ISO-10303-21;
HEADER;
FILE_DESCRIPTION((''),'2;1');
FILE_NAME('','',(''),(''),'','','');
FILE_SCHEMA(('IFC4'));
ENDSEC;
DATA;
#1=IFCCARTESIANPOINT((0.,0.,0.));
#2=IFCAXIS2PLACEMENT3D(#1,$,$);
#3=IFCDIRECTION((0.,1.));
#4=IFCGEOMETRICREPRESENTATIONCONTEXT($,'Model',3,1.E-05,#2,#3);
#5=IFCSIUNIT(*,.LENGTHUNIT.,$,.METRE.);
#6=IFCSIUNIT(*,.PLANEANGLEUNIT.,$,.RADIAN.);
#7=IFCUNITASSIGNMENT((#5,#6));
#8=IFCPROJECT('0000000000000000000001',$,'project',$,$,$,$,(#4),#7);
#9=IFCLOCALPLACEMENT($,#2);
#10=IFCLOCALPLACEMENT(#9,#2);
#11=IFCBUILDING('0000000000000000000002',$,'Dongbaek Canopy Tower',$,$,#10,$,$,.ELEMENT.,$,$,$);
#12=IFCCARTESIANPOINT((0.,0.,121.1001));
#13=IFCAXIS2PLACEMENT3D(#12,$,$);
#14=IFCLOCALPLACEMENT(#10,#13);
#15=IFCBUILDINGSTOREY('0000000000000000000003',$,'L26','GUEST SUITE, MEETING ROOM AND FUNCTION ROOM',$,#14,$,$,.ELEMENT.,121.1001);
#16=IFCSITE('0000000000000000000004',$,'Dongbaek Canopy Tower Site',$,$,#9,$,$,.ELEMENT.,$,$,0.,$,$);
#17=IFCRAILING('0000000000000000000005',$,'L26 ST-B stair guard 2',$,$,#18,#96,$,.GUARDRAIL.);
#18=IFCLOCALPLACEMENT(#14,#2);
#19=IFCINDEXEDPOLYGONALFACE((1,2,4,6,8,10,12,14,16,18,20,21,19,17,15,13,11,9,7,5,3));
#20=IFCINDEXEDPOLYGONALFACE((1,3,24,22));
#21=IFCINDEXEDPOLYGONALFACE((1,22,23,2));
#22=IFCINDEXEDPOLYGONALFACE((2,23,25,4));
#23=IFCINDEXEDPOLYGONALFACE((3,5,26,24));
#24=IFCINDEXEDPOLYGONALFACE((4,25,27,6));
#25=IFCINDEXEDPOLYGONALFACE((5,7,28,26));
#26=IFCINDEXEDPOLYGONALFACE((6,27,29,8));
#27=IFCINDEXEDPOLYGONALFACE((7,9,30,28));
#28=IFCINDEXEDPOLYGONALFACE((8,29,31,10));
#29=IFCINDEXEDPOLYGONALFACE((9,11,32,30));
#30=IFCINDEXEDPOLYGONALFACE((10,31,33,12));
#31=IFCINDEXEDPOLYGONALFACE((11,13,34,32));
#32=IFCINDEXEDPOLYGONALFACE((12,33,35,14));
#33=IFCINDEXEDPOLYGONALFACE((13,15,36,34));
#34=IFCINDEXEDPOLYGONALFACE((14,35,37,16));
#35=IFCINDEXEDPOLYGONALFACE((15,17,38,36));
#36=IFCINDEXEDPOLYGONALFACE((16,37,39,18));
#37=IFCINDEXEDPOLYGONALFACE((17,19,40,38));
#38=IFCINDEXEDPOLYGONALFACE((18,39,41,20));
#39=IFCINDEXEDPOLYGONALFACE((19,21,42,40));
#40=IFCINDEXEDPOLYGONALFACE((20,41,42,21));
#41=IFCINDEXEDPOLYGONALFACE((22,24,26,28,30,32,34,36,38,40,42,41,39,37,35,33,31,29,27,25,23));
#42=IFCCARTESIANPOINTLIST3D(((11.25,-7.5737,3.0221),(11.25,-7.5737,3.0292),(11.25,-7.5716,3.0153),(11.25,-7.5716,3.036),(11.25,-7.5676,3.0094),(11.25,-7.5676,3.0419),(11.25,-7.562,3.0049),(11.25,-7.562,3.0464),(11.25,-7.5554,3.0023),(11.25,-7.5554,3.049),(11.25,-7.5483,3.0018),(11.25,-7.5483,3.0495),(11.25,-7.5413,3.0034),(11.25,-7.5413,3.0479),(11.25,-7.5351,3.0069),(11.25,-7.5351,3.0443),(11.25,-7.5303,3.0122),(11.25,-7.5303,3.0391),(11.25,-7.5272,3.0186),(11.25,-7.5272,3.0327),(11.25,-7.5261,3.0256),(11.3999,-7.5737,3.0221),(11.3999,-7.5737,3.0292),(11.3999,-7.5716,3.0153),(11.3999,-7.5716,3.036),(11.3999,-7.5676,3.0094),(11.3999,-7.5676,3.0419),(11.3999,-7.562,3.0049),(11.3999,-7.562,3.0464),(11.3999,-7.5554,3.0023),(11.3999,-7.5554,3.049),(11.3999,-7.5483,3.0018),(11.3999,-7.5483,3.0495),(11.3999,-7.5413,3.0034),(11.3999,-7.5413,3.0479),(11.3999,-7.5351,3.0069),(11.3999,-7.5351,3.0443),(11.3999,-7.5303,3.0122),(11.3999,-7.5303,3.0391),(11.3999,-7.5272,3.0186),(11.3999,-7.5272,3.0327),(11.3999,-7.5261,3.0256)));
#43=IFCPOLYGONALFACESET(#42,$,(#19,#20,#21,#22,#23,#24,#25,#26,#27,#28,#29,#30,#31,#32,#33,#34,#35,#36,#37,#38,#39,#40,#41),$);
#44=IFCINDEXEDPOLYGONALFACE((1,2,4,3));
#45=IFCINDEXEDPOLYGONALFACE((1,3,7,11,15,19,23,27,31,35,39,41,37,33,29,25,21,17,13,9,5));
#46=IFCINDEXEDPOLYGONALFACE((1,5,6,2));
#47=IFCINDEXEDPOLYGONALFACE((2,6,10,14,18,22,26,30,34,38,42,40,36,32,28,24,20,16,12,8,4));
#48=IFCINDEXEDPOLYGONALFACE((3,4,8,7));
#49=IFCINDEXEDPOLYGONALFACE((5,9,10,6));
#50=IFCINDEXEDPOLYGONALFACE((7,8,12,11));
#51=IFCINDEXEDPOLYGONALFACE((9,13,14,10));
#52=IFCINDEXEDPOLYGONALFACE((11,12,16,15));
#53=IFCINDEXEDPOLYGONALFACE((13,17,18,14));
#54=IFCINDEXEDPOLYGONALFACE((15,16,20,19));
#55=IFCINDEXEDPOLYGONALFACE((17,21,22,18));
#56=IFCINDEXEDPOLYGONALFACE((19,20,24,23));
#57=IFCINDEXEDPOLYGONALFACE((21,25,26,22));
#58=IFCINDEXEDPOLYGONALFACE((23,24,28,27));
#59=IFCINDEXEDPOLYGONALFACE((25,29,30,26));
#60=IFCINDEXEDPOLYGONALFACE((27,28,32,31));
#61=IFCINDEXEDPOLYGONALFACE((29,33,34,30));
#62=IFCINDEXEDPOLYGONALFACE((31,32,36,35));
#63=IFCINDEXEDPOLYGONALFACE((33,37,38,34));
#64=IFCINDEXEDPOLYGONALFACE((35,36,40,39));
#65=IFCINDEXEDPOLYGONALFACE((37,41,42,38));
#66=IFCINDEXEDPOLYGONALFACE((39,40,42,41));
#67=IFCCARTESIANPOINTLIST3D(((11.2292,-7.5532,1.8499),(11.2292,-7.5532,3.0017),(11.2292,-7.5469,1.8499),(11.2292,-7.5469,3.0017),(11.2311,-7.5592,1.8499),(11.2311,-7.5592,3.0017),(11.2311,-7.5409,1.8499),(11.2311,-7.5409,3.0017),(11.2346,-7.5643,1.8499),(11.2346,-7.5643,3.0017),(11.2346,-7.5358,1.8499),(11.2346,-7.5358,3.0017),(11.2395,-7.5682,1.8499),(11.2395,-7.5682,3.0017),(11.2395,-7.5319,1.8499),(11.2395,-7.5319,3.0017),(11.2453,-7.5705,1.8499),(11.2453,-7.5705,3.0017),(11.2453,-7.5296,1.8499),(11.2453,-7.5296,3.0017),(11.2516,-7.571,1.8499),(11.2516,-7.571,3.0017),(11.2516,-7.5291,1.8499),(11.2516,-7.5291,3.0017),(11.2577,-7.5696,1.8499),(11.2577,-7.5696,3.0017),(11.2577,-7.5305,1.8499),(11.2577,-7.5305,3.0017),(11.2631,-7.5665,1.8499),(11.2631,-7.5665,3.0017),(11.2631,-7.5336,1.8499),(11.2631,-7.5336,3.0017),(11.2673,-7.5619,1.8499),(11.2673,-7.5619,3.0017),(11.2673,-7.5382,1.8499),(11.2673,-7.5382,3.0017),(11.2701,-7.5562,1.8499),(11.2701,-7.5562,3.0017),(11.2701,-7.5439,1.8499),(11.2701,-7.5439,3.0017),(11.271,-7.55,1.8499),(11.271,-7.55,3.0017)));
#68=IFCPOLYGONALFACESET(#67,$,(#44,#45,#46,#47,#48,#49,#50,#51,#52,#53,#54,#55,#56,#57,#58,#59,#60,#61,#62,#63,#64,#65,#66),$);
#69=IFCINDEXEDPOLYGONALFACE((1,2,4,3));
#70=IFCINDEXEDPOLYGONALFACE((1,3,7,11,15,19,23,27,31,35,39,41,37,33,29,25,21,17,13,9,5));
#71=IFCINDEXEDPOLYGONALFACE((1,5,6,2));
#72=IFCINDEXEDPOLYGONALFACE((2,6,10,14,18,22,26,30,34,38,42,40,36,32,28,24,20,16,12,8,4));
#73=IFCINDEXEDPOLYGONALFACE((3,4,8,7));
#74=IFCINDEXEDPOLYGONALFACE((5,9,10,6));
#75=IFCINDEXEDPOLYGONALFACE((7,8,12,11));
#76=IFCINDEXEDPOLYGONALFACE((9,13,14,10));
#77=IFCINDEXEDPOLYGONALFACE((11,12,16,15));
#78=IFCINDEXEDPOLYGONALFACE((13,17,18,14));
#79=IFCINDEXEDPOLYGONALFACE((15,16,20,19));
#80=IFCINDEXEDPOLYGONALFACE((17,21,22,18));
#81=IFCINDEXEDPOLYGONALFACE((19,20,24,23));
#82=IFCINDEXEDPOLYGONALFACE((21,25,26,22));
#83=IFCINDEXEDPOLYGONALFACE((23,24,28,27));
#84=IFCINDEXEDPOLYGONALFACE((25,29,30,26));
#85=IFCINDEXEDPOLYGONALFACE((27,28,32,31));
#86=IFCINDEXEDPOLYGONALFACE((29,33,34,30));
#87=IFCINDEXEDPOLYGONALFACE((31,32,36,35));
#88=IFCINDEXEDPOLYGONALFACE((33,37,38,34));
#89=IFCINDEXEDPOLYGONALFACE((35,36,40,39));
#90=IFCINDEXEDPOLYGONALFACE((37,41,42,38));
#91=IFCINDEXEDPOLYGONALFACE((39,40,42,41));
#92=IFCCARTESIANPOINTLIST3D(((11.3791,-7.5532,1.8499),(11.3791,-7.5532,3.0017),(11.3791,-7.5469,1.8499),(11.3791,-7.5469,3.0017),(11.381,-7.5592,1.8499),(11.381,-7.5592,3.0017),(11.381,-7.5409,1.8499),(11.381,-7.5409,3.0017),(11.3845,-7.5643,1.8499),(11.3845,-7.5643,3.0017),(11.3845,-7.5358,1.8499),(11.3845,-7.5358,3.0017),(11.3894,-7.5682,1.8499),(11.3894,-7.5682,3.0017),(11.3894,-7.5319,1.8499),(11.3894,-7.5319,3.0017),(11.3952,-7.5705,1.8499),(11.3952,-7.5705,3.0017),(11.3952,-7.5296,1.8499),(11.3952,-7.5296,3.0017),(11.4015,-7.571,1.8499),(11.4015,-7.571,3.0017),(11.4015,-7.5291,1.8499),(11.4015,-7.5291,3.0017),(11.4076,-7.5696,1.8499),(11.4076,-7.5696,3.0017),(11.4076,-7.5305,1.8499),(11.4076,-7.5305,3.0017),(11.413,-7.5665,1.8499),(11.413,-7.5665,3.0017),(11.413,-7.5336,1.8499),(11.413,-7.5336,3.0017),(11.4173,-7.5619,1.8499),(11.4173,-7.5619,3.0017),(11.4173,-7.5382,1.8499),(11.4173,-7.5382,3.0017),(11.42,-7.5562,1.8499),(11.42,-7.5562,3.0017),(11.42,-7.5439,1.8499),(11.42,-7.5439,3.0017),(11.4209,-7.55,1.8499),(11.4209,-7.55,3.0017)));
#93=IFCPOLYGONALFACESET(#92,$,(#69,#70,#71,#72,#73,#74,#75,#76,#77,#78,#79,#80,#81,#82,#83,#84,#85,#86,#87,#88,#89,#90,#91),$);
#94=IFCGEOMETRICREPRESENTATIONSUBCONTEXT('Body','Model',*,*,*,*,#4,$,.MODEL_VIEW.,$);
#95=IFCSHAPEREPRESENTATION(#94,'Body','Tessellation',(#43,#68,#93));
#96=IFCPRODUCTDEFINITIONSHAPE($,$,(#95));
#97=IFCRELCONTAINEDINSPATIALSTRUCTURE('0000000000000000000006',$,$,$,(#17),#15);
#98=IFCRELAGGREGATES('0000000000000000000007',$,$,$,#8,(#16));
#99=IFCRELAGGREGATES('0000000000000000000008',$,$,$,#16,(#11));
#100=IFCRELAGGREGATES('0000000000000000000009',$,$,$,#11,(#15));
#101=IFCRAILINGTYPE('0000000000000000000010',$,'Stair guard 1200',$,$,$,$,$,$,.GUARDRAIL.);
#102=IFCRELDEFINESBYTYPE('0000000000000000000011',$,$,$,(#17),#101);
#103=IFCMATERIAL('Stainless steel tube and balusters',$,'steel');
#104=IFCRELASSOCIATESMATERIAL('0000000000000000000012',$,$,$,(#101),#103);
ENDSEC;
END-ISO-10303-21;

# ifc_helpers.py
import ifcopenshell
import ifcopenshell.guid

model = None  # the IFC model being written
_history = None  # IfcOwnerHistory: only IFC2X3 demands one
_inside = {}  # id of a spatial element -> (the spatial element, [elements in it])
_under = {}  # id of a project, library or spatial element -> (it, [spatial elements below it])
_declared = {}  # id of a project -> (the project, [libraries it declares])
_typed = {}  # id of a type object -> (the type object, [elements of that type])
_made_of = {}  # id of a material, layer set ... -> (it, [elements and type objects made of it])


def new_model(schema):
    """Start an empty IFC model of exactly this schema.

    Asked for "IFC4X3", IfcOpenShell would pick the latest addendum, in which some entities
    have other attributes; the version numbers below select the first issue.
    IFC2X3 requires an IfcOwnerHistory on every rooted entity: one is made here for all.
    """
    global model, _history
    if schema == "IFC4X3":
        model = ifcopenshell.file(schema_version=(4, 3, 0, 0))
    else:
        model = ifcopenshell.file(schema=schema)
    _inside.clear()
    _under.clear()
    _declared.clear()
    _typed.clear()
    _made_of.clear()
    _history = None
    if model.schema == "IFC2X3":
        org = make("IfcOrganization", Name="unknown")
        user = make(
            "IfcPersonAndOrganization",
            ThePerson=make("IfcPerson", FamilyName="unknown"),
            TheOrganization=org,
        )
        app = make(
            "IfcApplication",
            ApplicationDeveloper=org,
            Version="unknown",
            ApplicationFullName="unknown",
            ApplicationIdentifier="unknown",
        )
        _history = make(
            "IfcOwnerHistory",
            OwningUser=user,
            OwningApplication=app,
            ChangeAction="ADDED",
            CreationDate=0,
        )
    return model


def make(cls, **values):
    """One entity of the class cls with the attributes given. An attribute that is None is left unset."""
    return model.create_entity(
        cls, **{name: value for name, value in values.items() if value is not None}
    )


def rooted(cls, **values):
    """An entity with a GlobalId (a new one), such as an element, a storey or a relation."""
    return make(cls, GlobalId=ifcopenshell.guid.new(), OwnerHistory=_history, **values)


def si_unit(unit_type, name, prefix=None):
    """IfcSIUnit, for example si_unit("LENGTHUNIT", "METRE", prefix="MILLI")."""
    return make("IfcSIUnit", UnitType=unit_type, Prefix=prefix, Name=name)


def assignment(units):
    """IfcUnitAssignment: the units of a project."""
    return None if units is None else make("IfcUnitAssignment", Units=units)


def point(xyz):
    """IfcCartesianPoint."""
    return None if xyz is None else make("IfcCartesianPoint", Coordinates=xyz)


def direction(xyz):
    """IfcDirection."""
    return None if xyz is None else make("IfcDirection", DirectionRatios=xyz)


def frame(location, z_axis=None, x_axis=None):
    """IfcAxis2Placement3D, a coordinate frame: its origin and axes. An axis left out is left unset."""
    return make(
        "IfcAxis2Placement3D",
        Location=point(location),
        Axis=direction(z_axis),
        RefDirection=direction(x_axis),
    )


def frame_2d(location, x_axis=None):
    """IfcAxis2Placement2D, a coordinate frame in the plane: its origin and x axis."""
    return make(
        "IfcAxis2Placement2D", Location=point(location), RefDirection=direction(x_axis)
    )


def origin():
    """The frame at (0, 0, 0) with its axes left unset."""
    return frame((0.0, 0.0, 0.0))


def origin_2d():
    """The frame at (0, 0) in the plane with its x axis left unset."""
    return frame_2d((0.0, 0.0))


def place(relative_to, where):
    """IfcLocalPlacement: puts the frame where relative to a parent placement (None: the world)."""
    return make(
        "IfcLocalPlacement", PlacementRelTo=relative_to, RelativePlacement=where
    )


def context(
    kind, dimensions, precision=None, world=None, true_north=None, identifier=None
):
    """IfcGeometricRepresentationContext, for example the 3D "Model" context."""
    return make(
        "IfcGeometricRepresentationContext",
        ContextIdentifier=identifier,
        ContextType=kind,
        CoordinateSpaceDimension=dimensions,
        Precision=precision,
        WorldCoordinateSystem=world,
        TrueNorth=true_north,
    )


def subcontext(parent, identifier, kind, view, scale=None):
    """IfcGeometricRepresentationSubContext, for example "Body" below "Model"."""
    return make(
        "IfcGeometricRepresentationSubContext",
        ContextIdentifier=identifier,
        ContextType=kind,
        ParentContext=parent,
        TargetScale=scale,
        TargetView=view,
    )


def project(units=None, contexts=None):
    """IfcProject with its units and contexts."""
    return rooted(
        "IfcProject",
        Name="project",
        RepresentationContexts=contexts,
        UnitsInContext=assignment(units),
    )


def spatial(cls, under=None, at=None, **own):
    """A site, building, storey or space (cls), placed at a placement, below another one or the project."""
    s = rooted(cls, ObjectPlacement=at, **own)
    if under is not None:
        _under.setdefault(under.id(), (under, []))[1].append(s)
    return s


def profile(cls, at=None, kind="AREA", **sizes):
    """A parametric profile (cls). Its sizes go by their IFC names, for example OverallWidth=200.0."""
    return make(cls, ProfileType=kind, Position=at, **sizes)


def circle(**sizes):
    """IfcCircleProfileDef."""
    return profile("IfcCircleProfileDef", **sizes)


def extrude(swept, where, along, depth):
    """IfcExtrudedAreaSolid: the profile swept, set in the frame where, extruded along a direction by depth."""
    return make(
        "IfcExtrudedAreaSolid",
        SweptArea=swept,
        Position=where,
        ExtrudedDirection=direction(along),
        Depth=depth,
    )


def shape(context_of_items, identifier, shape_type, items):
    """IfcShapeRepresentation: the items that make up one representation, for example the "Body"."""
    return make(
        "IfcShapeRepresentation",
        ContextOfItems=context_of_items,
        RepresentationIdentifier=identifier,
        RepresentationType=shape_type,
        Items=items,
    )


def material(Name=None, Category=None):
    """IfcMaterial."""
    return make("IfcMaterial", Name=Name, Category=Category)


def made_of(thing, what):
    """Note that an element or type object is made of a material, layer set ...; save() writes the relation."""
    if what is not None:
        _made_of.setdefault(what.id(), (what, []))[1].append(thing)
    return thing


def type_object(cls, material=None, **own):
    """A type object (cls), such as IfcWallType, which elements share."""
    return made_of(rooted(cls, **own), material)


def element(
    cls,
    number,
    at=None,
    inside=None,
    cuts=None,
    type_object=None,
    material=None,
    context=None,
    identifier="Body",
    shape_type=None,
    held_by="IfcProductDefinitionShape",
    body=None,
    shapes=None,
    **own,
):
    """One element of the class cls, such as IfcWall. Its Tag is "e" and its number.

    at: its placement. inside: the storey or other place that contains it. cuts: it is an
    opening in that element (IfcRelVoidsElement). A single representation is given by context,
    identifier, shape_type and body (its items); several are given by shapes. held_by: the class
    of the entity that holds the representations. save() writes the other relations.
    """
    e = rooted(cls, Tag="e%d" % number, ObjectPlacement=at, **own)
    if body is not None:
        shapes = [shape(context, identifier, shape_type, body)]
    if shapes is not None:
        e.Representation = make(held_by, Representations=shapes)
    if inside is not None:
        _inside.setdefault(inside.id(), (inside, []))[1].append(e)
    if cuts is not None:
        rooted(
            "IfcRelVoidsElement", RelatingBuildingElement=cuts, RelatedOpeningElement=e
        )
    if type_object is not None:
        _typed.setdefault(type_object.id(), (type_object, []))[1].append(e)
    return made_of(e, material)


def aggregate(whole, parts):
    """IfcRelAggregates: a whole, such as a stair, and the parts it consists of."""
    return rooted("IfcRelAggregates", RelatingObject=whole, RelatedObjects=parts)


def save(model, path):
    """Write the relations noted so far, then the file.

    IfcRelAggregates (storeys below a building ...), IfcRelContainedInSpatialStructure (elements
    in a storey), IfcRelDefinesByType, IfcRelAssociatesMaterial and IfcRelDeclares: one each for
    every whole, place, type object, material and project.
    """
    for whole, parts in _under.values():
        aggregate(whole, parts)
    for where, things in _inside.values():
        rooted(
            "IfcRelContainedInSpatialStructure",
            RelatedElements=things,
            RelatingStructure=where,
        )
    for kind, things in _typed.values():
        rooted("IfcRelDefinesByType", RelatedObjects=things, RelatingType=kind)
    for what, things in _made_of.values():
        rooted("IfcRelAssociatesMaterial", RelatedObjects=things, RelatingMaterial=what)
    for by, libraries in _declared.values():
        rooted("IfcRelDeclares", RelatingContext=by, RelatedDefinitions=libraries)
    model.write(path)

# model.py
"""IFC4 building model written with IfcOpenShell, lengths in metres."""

from ifc_helpers import new_model, si_unit, direction, frame, origin, origin_2d, place, context, subcontext, project, spatial, circle, extrude, material, type_object, element, save


model = new_model("IFC4")

# Units and contexts
model_context = context("Model", 3, precision=1e-05, world=origin(), true_north=direction((0.0, 1.0)))
body_context = subcontext(model_context, "Body", "Model", "MODEL_VIEW")
ifc_project = project(units=[si_unit("LENGTHUNIT", "METRE"), si_unit("PLANEANGLEUNIT", "RADIAN")], contexts=[model_context])

# Site, building, storey
site_placement = place(None, origin())
site = spatial("IfcSite", under=ifc_project, at=site_placement, Name="Dongbaek Canopy Tower Site", CompositionType="ELEMENT", RefElevation=0.0)
building_placement = place(site_placement, origin())
building = spatial("IfcBuilding", under=site, at=building_placement, Name="Dongbaek Canopy Tower", CompositionType="ELEMENT")
storey_placement = place(building_placement, frame((0.0, 0.0, 121.1001)))
storey = spatial("IfcBuildingStorey", under=building, at=storey_placement, Name="L26", Description="GUEST SUITE, MEETING ROOM AND FUNCTION ROOM", CompositionType="ELEMENT", Elevation=121.1001)

# Railing
ifc_material_1 = material(Name="Stainless steel tube and balusters", Category="steel")
railing_type_1 = type_object("IfcRailingType", Name="Stair guard 1200", PredefinedType="GUARDRAIL", material=ifc_material_1)
railing_1_placement = place(storey_placement, frame((11.25, -7.55, 1.8499)))
element("IfcRailing", 1, at=railing_1_placement, inside=storey, type_object=railing_type_1, Name="L26 ST-B stair guard 2", PredefinedType="GUARDRAIL", context=body_context, shape_type="SweptSolid", body=[
    extrude(circle(Radius=0.0239, at=origin_2d()), frame((0.0, 0.0, 1.1758), z_axis=(1.0, 0.0, 0.0), x_axis=(0.0, 1.0, 0.0)), (0.0, 0.0, 1.0), 0.1499),
    extrude(circle(Radius=0.021, at=origin_2d()), origin(), (0.0, 0.0, 1.0), 1.1519),
    extrude(circle(Radius=0.021, at=origin_2d()), frame((0.1499, 0.0, 0.0)), (0.0, 0.0, 1.0), 1.1519),
])

save(model, "model.ifc")
